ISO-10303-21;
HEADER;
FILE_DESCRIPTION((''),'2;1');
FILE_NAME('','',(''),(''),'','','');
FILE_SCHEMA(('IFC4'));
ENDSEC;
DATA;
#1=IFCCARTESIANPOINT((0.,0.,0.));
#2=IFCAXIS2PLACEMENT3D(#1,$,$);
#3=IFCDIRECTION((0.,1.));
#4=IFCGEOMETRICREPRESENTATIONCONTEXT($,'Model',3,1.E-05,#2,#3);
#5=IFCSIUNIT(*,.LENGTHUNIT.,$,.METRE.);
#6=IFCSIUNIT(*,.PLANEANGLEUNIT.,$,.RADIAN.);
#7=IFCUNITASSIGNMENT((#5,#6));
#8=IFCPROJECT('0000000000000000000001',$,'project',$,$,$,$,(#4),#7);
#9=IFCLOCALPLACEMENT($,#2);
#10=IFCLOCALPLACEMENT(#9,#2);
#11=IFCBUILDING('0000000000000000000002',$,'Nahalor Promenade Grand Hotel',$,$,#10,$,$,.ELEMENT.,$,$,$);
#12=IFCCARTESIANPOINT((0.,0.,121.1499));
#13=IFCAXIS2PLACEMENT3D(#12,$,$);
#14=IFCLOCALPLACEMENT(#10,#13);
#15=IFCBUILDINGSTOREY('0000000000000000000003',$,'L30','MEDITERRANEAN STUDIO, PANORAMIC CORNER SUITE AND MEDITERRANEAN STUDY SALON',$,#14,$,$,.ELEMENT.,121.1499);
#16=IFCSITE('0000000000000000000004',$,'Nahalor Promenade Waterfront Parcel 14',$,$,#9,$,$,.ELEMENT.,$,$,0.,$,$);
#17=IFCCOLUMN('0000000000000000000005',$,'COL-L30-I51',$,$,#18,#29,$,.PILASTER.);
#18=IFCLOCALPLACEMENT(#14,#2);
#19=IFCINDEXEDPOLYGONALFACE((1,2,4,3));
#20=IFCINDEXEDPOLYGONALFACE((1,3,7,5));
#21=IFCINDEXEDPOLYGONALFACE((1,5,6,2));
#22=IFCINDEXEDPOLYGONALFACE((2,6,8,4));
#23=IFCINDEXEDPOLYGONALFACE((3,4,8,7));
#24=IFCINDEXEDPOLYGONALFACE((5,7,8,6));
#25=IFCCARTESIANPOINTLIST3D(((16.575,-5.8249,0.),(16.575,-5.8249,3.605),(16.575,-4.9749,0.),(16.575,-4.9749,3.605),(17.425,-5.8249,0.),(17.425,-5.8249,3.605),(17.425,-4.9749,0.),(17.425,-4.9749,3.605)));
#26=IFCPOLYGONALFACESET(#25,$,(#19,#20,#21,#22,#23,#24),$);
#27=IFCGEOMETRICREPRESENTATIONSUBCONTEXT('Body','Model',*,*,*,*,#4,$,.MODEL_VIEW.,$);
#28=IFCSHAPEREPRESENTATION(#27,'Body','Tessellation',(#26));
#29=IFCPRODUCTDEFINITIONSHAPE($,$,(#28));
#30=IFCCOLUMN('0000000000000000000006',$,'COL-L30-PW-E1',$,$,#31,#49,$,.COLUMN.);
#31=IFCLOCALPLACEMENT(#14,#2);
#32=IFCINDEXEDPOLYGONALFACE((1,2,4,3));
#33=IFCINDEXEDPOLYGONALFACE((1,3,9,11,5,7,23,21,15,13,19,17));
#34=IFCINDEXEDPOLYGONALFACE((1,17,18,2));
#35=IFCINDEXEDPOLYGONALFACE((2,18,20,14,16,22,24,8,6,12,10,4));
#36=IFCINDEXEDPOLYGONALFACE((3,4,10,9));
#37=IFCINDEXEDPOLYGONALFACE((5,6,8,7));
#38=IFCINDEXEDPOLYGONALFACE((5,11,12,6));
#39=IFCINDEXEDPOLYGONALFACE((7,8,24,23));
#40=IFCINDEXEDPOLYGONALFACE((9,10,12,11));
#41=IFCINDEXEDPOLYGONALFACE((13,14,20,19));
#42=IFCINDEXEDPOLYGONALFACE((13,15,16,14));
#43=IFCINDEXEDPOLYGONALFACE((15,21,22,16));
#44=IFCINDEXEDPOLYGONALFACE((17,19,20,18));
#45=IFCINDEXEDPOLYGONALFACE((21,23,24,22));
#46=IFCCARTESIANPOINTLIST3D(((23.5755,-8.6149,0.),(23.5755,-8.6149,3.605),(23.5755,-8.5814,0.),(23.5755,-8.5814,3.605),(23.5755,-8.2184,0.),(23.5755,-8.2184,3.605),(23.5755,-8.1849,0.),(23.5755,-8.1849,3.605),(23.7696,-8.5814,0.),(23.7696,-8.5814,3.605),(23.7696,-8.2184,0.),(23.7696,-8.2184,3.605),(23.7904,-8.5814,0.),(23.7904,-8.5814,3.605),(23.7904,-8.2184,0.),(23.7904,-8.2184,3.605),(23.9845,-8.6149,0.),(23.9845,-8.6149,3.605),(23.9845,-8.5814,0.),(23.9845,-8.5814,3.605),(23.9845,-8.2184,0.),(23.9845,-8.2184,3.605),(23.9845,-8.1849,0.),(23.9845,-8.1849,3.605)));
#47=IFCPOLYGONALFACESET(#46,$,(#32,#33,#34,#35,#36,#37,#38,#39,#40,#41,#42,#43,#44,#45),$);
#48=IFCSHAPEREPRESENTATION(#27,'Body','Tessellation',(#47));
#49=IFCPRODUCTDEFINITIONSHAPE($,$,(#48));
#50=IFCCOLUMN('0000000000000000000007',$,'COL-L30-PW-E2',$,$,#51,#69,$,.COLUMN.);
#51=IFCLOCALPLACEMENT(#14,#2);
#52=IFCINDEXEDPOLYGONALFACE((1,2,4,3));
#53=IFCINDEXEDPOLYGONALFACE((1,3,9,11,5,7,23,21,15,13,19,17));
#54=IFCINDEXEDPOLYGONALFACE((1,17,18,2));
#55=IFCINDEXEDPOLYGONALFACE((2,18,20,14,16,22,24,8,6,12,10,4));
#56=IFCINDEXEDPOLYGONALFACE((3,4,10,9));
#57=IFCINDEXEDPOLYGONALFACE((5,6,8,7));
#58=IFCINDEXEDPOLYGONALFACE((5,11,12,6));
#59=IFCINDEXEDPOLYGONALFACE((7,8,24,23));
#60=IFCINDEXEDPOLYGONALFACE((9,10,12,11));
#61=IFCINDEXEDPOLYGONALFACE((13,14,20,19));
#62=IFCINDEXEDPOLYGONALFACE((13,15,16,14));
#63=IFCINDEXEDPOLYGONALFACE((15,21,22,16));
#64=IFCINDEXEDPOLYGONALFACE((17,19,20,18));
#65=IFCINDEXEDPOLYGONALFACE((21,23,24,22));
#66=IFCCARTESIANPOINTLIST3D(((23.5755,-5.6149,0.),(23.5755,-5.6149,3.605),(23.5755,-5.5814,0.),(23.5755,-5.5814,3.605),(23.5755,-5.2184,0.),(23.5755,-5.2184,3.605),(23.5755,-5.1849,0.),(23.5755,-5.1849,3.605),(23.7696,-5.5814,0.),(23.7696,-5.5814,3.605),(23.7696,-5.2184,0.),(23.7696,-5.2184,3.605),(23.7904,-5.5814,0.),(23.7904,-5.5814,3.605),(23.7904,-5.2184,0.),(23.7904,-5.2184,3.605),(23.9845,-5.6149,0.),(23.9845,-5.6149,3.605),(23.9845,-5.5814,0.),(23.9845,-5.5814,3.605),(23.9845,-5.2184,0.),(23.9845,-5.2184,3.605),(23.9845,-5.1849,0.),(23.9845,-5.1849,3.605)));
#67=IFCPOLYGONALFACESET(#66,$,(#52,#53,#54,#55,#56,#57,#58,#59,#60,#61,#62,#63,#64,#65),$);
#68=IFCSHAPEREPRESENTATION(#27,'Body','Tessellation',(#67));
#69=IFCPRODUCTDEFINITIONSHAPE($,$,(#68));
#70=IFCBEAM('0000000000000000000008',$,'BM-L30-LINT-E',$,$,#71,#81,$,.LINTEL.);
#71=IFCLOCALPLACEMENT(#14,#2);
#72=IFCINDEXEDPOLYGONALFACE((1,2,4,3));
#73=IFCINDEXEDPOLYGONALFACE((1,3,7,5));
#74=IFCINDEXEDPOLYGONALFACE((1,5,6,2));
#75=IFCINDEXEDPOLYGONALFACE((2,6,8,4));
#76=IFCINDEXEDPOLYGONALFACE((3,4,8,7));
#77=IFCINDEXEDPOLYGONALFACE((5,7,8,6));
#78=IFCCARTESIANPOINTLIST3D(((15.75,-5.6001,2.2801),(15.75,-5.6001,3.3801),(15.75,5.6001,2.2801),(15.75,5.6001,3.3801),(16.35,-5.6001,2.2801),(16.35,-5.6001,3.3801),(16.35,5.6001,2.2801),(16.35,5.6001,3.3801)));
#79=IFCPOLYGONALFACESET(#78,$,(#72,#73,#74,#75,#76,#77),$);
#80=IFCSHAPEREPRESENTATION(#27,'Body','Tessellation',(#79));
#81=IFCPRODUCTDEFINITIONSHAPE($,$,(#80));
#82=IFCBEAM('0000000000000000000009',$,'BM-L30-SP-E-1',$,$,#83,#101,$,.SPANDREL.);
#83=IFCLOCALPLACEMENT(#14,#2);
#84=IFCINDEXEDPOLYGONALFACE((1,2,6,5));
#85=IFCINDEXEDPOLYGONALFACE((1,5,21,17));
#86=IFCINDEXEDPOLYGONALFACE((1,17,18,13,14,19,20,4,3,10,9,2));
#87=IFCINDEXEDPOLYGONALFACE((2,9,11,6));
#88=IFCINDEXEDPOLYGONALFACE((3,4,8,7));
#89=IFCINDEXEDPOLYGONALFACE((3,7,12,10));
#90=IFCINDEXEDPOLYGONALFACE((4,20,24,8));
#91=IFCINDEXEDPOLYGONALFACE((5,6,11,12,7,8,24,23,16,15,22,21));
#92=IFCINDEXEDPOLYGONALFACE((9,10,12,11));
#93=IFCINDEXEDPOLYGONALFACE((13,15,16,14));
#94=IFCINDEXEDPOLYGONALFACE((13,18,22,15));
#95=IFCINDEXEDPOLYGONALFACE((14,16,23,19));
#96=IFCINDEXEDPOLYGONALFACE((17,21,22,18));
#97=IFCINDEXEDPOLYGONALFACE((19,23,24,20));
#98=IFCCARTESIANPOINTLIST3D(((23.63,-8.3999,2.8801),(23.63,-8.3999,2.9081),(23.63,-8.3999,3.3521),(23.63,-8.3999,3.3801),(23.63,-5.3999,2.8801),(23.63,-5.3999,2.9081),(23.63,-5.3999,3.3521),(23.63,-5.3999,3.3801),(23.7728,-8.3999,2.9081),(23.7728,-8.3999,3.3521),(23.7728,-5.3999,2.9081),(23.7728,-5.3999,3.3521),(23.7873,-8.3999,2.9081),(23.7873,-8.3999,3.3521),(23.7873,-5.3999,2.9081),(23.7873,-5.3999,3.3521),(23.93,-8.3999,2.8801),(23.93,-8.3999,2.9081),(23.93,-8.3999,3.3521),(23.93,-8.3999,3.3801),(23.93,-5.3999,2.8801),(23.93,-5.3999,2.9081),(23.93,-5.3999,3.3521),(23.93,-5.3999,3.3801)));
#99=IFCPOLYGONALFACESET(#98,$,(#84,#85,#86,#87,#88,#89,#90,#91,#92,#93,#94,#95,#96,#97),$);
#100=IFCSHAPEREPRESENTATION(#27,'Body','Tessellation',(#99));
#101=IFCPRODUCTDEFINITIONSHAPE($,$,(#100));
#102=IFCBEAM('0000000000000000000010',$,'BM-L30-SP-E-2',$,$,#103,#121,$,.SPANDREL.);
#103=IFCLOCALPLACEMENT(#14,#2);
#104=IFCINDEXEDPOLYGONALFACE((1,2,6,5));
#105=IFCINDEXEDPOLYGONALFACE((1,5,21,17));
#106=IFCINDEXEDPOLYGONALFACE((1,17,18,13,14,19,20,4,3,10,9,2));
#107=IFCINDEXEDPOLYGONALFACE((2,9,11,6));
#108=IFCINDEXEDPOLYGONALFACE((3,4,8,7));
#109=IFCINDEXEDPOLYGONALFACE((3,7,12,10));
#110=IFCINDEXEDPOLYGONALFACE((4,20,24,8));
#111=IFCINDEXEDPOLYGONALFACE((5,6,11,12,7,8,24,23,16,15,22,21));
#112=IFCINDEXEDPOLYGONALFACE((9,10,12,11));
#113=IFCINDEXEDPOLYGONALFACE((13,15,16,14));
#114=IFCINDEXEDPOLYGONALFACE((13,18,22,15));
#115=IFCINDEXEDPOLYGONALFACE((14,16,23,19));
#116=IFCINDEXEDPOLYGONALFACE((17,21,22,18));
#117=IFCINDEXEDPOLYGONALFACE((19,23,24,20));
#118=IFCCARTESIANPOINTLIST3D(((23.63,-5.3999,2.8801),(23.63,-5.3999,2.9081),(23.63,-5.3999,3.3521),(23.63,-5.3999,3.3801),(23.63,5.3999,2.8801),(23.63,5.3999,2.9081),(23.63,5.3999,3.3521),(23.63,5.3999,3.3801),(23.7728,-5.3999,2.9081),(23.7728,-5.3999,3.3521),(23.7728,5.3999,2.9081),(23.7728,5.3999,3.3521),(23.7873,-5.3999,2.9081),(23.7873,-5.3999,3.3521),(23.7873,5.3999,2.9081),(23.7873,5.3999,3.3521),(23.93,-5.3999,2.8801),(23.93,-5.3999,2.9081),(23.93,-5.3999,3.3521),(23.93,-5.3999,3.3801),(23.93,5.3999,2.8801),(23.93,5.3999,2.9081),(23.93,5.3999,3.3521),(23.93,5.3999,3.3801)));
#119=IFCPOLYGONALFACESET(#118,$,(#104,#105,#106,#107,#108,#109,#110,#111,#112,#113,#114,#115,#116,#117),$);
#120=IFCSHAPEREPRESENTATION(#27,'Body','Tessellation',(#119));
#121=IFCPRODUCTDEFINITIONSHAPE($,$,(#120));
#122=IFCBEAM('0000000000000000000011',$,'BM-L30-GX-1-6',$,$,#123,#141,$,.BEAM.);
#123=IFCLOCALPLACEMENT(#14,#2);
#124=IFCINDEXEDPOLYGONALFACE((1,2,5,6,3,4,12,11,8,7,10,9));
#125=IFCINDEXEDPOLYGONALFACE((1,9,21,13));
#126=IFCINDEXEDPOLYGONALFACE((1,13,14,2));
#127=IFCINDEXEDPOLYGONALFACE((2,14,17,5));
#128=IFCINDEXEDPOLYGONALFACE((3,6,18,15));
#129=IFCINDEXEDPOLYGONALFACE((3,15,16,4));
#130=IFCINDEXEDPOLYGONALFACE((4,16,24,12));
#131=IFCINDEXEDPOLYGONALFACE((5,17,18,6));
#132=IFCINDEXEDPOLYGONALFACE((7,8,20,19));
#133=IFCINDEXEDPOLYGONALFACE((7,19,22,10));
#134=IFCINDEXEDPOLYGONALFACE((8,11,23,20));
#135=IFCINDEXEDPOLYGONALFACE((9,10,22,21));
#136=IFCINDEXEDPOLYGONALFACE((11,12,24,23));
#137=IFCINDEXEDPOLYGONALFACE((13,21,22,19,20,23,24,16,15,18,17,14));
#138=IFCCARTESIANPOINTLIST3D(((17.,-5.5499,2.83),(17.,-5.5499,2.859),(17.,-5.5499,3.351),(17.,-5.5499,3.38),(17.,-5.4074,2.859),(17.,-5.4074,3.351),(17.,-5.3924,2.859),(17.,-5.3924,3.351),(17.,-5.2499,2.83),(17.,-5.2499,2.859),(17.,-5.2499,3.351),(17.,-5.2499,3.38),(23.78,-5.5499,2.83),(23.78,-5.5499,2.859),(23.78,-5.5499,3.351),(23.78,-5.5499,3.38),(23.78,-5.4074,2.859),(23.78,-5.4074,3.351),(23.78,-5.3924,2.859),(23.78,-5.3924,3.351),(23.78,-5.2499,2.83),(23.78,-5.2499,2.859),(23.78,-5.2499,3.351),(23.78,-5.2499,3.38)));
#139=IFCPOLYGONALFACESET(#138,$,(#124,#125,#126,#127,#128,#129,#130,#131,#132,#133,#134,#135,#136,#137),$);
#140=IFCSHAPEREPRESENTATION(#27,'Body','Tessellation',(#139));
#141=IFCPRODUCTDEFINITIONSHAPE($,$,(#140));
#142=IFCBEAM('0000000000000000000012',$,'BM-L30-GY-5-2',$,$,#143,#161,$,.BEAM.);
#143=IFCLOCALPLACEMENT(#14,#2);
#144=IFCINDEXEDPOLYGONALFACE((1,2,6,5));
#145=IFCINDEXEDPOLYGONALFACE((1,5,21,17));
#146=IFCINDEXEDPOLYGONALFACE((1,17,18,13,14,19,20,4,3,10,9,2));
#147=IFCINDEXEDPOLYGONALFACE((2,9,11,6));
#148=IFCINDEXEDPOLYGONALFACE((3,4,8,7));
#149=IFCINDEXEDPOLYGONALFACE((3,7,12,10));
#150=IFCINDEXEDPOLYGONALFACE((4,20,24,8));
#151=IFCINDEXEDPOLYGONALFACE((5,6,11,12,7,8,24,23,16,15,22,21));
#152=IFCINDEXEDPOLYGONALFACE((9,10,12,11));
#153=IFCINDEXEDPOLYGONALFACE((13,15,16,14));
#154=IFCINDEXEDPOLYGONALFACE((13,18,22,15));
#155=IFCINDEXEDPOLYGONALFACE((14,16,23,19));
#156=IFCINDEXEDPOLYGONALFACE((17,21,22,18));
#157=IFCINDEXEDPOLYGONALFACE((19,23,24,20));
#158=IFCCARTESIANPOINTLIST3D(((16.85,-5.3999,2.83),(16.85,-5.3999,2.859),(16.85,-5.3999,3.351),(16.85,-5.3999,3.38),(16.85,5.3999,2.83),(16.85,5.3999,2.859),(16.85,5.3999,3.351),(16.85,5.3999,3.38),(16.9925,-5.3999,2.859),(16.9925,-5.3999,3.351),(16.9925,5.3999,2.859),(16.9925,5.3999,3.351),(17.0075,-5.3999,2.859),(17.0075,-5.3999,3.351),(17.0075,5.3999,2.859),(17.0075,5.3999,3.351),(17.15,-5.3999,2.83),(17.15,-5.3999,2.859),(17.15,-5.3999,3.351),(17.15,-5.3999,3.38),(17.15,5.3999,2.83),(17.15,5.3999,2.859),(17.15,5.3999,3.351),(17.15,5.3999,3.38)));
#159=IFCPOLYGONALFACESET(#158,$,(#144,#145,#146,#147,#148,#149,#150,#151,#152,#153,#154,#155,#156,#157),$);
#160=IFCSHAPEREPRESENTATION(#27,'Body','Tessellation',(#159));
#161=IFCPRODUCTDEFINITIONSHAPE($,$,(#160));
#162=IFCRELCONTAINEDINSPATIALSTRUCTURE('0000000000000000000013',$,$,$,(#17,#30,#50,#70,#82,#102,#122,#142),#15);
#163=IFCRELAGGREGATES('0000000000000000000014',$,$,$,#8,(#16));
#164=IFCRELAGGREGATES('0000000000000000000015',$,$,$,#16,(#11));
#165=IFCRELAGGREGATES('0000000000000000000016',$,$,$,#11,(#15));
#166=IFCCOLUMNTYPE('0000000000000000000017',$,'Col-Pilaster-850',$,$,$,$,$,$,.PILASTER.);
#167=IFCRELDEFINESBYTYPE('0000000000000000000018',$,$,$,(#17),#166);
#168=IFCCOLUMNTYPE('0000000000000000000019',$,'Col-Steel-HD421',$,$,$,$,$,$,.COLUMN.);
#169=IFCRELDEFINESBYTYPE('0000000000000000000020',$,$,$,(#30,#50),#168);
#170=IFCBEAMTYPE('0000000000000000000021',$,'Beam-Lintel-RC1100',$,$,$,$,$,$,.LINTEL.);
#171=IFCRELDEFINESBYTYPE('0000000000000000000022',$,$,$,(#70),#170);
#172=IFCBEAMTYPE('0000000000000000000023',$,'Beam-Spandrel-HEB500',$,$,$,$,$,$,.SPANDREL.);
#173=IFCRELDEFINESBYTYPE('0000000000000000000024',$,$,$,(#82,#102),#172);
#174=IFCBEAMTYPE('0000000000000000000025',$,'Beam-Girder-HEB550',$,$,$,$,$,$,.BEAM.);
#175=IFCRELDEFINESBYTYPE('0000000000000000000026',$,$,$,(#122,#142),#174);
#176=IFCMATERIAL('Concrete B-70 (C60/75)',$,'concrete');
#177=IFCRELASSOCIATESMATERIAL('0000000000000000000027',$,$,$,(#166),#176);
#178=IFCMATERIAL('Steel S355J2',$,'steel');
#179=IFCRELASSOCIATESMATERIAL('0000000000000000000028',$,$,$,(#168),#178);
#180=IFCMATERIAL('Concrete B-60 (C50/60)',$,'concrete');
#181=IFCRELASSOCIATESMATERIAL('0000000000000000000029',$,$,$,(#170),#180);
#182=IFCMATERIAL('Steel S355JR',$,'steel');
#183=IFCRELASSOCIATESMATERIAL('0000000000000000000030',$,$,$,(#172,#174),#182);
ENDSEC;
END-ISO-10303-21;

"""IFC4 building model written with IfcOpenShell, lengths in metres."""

from ifc_helpers import new_model, si_unit, direction, frame, origin, origin_2d, place, context, subcontext, project, spatial, rectangle, i_section, extrude, source, transform, mapped, material, material_profile, profile_set, type_object, element, save


model = new_model("IFC4")

# Units and contexts
model_context = context("Model", 3, precision=1e-05, world=origin(), true_north=direction((0.0, 1.0)))
body_context = subcontext(model_context, "Body", "Model", "MODEL_VIEW")
ifc_project = project(units=[si_unit("LENGTHUNIT", "METRE"), si_unit("PLANEANGLEUNIT", "RADIAN")], contexts=[model_context])

# Site, building, storey
site_placement = place(None, origin())
site = spatial("IfcSite", under=ifc_project, at=site_placement, Name="Nahalor Promenade Waterfront Parcel 14", CompositionType="ELEMENT", RefElevation=0.0)
building_placement = place(site_placement, origin())
building = spatial("IfcBuilding", under=site, at=building_placement, Name="Nahalor Promenade Grand Hotel", CompositionType="ELEMENT")
storey_placement = place(building_placement, frame((0.0, 0.0, 121.1499)))
storey = spatial("IfcBuildingStorey", under=building, at=storey_placement, Name="L30", Description="MEDITERRANEAN STUDIO, PANORAMIC CORNER SUITE AND MEDITERRANEAN STUDY SALON", CompositionType="ELEMENT", Elevation=121.1499)

# Columns
ifc_material_1 = material(Name="Concrete B-70 (C60/75)", Category="concrete")
ifc_material_profile_1 = material_profile(ifc_material_1, rectangle(XDim=0.85, YDim=0.85, at=origin_2d()), Name="RC 850x850")
ifc_profile_set_1 = profile_set([ifc_material_profile_1], Name="Concrete B-70 (C60/75)")
column_type_1 = type_object("IfcColumnType", Name="Col-Pilaster-850", PredefinedType="PILASTER", material=ifc_profile_set_1)
shared_shape_1 = source(origin(), body_context, "Body", "SweptSolid", [
    extrude(rectangle(XDim=0.85, YDim=0.85, at=origin_2d()), origin(), (0.0, 0.0, 1.0), 3.605),
])
column_placement = place(storey_placement, frame((17.0, -5.3999, 0.0), z_axis=(0.0, 0.0, 1.0), x_axis=(1.0, 0.0, 0.0)))
element("IfcColumn", 1, at=column_placement, inside=storey, type_object=column_type_1, Name="COL-L30-I51", PredefinedType="PILASTER", context=body_context, shape_type="MappedRepresentation", body=[
    mapped(shared_shape_1, transform((0.0, 0.0, 0.0), scale=1.0)),
])
ifc_material_2 = material(Name="Steel S355J2", Category="steel")
ifc_material_profile_2 = material_profile(ifc_material_2, i_section(OverallWidth=0.409, OverallDepth=0.43, WebThickness=0.0208, FlangeThickness=0.0335, at=origin_2d()), Name="HD 400x421")
ifc_profile_set_2 = profile_set([ifc_material_profile_2], Name="Steel S355J2")
column_type_2 = type_object("IfcColumnType", Name="Col-Steel-HD421", PredefinedType="COLUMN", material=ifc_profile_set_2)
shared_shape_2 = source(origin(), body_context, "Body", "SweptSolid", [
    extrude(i_section(OverallWidth=0.409, OverallDepth=0.43, WebThickness=0.0208, FlangeThickness=0.0335, at=origin_2d()), origin(), (0.0, 0.0, 1.0), 3.605),
])
for number, where, z_axis, x_axis, name in (
    (2, (23.78, -8.3999, 0.0), (0.0, 0.0, 1.0), (1.0, 0.0, 0.0), "COL-L30-PW-E1"),
    (3, (23.78, -5.3999, 0.0), (0.0, 0.0, 1.0), (1.0, 0.0, 0.0), "COL-L30-PW-E2"),
):
    element("IfcColumn", number, at=place(storey_placement, frame(where, z_axis=z_axis, x_axis=x_axis)), inside=storey, type_object=column_type_2, Name=name, PredefinedType="COLUMN", context=body_context, shape_type="MappedRepresentation", body=[
        mapped(shared_shape_2, transform((0.0, 0.0, 0.0), scale=1.0)),
    ])

# Beams
ifc_material_3 = material(Name="Concrete B-60 (C50/60)", Category="concrete")
ifc_material_profile_3 = material_profile(ifc_material_3, rectangle(XDim=0.6, YDim=1.1, at=origin_2d()), Name="RC 600x1100")
ifc_profile_set_3 = profile_set([ifc_material_profile_3], Name="Concrete B-60 (C50/60)")
beam_type_1 = type_object("IfcBeamType", Name="Beam-Lintel-RC1100", PredefinedType="LINTEL", material=ifc_profile_set_3)
shared_shape_3 = source(origin(), body_context, "Body", "SweptSolid", [
    extrude(rectangle(XDim=0.6, YDim=1.1, at=origin_2d()), origin(), (0.0, 0.0, 1.0), 11.2002),
])
beam_1_placement = place(storey_placement, frame((16.05, -5.6001, 2.8301), z_axis=(0.0, 1.0, 0.0), x_axis=(-1.0, 0.0, 0.0)))
element("IfcBeam", 4, at=beam_1_placement, inside=storey, type_object=beam_type_1, Name="BM-L30-LINT-E", PredefinedType="LINTEL", context=body_context, shape_type="MappedRepresentation", body=[
    mapped(shared_shape_3, transform((0.0, 0.0, 0.0), scale=1.0)),
])
ifc_material_4 = material(Name="Steel S355JR", Category="steel")
ifc_material_profile_4 = material_profile(ifc_material_4, i_section(OverallWidth=0.3, OverallDepth=0.5, WebThickness=0.0145, FlangeThickness=0.028, at=origin_2d()), Name="HEB 500")
ifc_profile_set_4 = profile_set([ifc_material_profile_4], Name="Steel S355JR")
beam_type_2 = type_object("IfcBeamType", Name="Beam-Spandrel-HEB500", PredefinedType="SPANDREL", material=ifc_profile_set_4)
shared_shape_4 = source(origin(), body_context, "Body", "SweptSolid", [
    extrude(i_section(OverallWidth=0.3, OverallDepth=0.5, WebThickness=0.0145, FlangeThickness=0.028, at=origin_2d()), origin(), (0.0, 0.0, 1.0), 3.0),
])
beam_2_placement = place(storey_placement, frame((23.78, -8.3999, 3.1301), z_axis=(0.0, 1.0, 0.0), x_axis=(-1.0, 0.0, 0.0)))
element("IfcBeam", 5, at=beam_2_placement, inside=storey, type_object=beam_type_2, Name="BM-L30-SP-E-1", PredefinedType="SPANDREL", context=body_context, shape_type="MappedRepresentation", body=[
    mapped(shared_shape_4, transform((0.0, 0.0, 0.0), scale=1.0)),
])
shared_shape_5 = source(origin(), body_context, "Body", "SweptSolid", [
    extrude(i_section(OverallWidth=0.3, OverallDepth=0.5, WebThickness=0.0145, FlangeThickness=0.028, at=origin_2d()), origin(), (0.0, 0.0, 1.0), 10.7998),
])
beam_3_placement = place(storey_placement, frame((23.78, -5.3999, 3.1301), z_axis=(0.0, 1.0, 0.0), x_axis=(-1.0, 0.0, 0.0)))
element("IfcBeam", 6, at=beam_3_placement, inside=storey, type_object=beam_type_2, Name="BM-L30-SP-E-2", PredefinedType="SPANDREL", context=body_context, shape_type="MappedRepresentation", body=[
    mapped(shared_shape_5, transform((0.0, 0.0, 0.0), scale=1.0)),
])
ifc_material_profile_5 = material_profile(ifc_material_4, i_section(OverallWidth=0.3, OverallDepth=0.55, WebThickness=0.015, FlangeThickness=0.029, at=origin_2d()), Name="HEB 550")
ifc_profile_set_5 = profile_set([ifc_material_profile_5], Name="Steel S355JR")
beam_type_3 = type_object("IfcBeamType", Name="Beam-Girder-HEB550", PredefinedType="BEAM", material=ifc_profile_set_5)
shared_shape_6 = source(origin(), body_context, "Body", "SweptSolid", [
    extrude(i_section(OverallWidth=0.3, OverallDepth=0.55, WebThickness=0.015, FlangeThickness=0.029, at=origin_2d()), origin(), (0.0, 0.0, 1.0), 6.78),
])
beam_4_placement = place(storey_placement, frame((17.0, -5.3999, 3.105), z_axis=(1.0, 0.0, 0.0), x_axis=(0.0, 1.0, 0.0)))
element("IfcBeam", 7, at=beam_4_placement, inside=storey, type_object=beam_type_3, Name="BM-L30-GX-1-6", PredefinedType="BEAM", context=body_context, shape_type="MappedRepresentation", body=[
    mapped(shared_shape_6, transform((0.0, 0.0, 0.0), scale=1.0)),
])
shared_shape_7 = source(origin(), body_context, "Body", "SweptSolid", [
    extrude(i_section(OverallWidth=0.3, OverallDepth=0.55, WebThickness=0.015, FlangeThickness=0.029, at=origin_2d()), origin(), (0.0, 0.0, 1.0), 10.7998),
])
beam_5_placement = place(storey_placement, frame((17.0, -5.3999, 3.105), z_axis=(0.0, 1.0, 0.0), x_axis=(-1.0, 0.0, 0.0)))
element("IfcBeam", 8, at=beam_5_placement, inside=storey, type_object=beam_type_3, Name="BM-L30-GY-5-2", PredefinedType="BEAM", context=body_context, shape_type="MappedRepresentation", body=[
    mapped(shared_shape_7, transform((0.0, 0.0, 0.0), scale=1.0)),
])

save(model, "model.ifc")
